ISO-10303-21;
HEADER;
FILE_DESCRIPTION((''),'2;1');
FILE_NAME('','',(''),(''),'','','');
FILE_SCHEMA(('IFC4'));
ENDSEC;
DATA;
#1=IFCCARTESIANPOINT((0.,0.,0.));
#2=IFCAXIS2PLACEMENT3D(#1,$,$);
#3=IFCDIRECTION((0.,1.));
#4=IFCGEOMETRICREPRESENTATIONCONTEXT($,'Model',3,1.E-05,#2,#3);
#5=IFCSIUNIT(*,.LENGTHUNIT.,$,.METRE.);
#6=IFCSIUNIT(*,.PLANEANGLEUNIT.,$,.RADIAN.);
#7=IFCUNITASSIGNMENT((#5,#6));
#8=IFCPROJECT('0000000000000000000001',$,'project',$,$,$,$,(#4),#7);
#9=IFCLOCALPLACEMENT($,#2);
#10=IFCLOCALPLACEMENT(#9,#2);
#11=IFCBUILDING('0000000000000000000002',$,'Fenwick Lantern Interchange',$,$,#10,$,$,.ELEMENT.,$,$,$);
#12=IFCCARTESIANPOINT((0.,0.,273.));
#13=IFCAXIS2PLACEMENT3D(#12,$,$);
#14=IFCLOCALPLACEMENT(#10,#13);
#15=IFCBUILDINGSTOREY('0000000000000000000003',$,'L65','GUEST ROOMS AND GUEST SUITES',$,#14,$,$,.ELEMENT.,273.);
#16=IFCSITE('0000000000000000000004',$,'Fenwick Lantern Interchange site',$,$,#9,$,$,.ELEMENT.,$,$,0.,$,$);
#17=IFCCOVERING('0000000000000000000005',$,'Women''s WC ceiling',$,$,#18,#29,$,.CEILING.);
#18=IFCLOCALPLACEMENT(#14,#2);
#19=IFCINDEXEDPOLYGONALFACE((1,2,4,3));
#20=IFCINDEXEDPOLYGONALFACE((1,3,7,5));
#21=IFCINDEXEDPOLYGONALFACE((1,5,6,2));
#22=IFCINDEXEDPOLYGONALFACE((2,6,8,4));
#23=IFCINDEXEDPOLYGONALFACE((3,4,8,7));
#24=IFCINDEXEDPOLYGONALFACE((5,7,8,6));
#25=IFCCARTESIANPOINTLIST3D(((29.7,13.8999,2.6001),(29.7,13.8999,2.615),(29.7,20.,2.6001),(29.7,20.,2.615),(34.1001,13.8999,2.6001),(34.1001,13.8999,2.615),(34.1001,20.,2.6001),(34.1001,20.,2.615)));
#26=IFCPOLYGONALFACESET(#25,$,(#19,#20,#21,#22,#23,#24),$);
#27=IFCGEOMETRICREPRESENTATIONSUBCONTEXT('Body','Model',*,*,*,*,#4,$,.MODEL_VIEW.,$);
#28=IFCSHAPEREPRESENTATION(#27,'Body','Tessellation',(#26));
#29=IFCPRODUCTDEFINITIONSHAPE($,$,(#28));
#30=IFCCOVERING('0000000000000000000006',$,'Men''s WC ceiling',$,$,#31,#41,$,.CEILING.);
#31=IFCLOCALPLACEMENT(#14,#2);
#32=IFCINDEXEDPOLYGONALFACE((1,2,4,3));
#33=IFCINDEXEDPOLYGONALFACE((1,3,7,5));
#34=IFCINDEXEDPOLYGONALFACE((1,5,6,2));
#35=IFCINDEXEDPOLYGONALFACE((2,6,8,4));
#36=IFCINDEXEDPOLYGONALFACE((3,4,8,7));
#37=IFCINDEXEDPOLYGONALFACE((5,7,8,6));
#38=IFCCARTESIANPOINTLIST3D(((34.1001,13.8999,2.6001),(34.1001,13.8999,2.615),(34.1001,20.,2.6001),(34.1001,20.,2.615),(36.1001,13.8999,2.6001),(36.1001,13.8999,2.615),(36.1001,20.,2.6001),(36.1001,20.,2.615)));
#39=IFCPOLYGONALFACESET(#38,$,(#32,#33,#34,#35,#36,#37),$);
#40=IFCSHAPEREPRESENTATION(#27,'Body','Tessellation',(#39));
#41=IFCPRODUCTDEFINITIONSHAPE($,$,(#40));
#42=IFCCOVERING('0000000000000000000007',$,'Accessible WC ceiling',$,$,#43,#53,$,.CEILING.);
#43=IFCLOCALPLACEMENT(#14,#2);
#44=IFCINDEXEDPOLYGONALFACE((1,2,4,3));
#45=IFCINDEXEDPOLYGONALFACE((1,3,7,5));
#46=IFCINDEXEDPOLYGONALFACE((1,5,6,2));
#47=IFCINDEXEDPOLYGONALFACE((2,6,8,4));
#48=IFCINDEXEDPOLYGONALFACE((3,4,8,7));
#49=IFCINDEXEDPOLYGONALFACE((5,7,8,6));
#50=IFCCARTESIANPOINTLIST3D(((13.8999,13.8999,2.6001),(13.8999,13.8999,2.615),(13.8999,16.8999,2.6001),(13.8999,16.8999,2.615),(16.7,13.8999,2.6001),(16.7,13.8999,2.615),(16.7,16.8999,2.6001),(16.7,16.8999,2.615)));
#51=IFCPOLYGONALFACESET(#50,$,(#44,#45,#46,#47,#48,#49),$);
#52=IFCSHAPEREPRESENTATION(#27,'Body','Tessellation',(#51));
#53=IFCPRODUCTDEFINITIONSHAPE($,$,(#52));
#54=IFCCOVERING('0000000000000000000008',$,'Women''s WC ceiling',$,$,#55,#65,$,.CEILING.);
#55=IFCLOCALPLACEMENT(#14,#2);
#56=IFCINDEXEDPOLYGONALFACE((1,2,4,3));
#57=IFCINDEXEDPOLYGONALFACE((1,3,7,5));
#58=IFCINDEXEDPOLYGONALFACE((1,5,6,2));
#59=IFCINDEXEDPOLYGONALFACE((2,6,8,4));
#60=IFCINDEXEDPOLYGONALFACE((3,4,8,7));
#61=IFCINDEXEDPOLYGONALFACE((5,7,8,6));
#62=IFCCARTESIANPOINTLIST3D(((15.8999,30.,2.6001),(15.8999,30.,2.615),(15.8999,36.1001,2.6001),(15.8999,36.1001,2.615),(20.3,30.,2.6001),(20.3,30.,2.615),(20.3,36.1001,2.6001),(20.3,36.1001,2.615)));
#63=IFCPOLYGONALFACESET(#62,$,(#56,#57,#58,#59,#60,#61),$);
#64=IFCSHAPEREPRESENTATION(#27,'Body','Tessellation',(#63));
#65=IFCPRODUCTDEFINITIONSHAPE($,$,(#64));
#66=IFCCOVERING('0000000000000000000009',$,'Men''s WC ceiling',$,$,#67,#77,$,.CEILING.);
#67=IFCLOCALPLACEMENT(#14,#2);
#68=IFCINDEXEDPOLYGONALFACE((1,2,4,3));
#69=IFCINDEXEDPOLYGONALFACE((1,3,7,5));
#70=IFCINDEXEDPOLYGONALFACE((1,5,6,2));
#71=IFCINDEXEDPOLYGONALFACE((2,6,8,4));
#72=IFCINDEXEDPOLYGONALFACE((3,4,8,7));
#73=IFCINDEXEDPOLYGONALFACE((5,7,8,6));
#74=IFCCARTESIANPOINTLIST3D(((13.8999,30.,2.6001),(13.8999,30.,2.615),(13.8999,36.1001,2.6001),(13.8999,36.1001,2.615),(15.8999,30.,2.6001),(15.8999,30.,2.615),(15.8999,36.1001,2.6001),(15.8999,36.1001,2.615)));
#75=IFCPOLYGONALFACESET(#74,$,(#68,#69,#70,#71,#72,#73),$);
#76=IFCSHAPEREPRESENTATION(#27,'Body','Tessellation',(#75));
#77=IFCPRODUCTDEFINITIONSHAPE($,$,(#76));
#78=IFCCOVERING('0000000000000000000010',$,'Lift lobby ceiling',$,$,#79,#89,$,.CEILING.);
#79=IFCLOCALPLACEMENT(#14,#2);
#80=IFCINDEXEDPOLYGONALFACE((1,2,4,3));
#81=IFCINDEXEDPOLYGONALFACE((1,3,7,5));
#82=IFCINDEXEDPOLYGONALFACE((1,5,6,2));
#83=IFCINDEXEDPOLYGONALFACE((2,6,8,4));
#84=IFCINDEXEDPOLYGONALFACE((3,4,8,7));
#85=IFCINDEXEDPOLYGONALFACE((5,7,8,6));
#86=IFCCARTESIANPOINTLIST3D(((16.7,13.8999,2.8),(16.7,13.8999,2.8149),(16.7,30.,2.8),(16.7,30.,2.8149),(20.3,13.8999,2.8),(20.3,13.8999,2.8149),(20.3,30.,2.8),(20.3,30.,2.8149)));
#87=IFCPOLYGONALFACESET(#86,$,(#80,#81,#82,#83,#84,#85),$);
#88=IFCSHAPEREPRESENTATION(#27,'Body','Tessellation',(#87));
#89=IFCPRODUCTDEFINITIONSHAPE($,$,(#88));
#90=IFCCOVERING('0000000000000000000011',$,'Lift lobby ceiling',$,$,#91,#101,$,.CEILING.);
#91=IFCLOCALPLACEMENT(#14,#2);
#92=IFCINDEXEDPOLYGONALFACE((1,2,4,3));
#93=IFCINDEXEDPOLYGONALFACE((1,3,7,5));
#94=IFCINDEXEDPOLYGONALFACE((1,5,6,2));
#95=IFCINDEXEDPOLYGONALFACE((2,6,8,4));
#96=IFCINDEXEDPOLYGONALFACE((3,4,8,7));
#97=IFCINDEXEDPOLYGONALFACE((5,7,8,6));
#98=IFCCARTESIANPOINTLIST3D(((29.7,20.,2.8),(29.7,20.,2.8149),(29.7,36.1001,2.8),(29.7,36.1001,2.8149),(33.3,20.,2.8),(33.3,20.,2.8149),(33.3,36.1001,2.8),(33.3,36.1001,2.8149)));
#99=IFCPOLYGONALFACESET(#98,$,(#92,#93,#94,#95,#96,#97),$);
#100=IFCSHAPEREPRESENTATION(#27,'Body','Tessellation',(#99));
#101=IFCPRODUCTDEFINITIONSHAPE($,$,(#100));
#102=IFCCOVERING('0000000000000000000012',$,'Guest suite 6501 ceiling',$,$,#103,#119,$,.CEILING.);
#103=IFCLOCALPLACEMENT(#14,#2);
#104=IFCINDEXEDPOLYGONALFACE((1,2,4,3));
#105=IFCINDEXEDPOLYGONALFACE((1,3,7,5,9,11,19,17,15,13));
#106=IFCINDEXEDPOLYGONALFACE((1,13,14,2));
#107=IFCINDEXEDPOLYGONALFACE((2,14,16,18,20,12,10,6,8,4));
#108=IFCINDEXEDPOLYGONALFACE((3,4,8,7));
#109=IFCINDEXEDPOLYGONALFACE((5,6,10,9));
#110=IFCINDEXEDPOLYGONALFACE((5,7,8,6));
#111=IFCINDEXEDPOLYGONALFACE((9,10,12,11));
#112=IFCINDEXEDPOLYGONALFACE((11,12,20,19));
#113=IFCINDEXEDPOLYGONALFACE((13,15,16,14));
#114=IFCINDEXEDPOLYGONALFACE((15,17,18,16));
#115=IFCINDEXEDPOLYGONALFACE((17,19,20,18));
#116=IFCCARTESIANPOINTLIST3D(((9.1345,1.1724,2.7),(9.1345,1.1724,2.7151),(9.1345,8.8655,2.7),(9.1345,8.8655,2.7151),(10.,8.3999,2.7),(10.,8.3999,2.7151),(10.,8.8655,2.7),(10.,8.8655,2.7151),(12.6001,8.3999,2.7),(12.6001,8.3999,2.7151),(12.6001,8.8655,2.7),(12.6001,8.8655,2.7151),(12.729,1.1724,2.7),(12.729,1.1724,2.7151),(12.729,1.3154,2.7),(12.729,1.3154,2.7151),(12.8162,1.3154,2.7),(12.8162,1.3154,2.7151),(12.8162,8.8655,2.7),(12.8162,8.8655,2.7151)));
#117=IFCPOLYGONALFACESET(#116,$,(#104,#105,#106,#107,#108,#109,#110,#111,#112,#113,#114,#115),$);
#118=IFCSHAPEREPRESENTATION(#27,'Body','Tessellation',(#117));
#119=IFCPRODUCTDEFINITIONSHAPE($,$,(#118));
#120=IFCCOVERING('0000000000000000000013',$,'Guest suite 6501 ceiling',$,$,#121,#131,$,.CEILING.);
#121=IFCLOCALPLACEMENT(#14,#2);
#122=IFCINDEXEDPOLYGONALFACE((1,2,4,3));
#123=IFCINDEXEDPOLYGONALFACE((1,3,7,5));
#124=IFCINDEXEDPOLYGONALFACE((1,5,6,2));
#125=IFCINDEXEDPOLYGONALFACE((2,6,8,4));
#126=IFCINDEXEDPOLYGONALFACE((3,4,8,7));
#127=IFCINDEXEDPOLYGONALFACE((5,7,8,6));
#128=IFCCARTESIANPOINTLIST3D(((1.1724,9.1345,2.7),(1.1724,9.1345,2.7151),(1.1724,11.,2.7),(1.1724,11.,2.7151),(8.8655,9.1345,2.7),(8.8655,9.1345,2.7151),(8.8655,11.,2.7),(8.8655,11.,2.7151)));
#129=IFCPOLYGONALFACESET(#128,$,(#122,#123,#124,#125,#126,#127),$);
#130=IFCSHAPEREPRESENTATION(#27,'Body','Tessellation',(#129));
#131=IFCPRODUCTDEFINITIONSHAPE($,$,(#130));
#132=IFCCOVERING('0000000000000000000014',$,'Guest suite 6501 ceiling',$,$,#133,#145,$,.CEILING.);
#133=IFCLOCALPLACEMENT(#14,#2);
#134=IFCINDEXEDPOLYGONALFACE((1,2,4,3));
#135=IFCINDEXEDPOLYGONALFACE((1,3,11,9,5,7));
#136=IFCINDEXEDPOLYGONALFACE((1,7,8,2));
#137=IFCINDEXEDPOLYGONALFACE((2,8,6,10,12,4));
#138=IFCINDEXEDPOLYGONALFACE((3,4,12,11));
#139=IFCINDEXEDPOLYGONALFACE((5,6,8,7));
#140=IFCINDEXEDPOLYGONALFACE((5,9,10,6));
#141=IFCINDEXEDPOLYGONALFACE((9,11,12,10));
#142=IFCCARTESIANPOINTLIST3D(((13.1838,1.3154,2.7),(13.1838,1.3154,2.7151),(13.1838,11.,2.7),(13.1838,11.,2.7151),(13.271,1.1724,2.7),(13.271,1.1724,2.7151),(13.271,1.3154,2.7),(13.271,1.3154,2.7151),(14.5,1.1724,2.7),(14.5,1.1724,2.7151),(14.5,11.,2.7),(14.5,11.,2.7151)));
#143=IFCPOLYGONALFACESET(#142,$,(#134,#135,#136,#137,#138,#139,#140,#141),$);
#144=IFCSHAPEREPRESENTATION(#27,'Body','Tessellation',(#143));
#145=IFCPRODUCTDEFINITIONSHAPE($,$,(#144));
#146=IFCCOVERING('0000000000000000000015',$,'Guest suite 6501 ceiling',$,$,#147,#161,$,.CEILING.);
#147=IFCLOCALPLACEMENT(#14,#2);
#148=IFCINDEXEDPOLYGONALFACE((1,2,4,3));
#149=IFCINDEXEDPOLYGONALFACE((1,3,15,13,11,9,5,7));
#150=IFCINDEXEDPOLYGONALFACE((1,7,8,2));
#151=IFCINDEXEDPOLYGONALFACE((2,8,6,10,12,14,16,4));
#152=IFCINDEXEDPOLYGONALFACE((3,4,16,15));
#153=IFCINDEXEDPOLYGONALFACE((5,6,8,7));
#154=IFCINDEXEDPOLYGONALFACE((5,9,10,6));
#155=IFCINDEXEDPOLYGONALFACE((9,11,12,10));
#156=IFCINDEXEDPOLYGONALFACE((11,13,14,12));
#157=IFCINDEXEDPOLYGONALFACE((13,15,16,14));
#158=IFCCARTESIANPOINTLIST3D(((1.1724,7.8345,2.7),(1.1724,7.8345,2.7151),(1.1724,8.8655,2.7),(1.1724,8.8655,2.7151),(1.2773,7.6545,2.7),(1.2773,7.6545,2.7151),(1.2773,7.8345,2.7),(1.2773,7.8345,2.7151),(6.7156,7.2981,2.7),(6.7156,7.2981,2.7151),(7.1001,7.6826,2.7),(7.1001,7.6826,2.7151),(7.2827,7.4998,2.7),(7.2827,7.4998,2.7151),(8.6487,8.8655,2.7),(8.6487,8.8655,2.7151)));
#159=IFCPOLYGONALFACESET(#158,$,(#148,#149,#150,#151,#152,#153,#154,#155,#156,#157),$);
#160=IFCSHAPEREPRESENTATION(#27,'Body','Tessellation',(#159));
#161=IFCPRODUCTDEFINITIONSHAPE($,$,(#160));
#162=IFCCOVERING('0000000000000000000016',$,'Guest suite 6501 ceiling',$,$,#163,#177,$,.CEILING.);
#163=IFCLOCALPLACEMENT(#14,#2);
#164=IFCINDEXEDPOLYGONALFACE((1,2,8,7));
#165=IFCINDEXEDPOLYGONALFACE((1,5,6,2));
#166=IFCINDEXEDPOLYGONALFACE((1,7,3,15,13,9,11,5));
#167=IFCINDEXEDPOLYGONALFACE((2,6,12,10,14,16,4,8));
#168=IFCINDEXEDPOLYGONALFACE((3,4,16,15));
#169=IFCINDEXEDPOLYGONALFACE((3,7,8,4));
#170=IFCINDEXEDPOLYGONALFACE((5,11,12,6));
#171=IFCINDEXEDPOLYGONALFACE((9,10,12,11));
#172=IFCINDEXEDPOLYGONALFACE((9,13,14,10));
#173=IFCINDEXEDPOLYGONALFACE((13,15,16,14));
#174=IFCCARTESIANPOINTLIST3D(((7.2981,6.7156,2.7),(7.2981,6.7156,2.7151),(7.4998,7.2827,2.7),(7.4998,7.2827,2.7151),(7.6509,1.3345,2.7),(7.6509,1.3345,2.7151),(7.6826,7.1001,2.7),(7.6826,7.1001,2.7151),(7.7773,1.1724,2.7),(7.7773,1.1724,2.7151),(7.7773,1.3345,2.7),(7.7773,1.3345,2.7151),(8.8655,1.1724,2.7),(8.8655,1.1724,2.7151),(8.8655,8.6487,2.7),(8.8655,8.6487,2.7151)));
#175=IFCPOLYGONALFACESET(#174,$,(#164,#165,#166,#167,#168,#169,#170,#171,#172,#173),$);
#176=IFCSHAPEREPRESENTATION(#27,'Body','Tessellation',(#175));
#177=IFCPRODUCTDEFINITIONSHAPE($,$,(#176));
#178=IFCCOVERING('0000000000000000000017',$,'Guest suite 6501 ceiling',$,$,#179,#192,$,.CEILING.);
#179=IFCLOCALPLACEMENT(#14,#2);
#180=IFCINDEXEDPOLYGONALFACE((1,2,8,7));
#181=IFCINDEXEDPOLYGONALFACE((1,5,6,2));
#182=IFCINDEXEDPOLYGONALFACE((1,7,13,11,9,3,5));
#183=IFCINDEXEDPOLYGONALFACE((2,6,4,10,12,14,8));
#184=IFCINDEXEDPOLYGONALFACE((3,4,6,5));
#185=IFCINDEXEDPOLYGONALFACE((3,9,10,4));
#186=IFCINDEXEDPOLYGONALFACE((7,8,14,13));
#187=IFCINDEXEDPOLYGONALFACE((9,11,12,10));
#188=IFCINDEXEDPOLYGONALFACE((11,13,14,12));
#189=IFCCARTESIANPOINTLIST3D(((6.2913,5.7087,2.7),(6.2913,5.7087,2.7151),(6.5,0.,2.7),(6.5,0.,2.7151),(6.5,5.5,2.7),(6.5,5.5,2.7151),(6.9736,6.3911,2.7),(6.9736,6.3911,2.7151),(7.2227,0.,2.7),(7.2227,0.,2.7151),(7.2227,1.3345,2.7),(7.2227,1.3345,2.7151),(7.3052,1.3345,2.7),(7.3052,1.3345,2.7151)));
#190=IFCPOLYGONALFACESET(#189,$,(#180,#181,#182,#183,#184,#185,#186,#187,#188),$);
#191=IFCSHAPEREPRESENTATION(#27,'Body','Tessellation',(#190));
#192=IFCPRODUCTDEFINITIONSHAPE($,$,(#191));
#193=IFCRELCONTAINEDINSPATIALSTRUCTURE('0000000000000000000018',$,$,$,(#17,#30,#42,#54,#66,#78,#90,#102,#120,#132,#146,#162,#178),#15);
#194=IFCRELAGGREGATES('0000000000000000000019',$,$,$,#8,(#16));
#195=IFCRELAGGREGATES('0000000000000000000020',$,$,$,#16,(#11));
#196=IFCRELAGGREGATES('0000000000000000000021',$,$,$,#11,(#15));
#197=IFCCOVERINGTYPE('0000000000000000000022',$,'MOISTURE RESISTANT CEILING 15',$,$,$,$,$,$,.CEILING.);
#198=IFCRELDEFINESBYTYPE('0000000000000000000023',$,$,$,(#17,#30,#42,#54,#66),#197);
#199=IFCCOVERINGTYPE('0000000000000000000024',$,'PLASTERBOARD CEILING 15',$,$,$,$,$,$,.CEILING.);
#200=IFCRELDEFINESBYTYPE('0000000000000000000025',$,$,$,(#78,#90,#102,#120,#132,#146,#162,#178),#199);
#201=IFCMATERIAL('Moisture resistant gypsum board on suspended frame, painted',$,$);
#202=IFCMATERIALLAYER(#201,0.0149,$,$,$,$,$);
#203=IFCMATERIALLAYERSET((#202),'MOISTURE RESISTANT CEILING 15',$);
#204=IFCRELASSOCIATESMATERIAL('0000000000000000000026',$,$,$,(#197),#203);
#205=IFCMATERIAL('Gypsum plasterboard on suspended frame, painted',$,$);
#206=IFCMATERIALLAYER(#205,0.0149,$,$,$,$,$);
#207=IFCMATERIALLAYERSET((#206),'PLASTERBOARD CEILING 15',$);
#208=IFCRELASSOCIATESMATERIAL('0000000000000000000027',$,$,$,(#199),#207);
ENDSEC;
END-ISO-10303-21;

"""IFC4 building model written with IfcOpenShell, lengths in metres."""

from ifc_helpers import new_model, si_unit, direction, frame, origin, place, context, subcontext, project, spatial, polyline, outline, extrude, material, layer, layer_set, type_object, element, save


model = new_model("IFC4")

# Units and contexts
model_context = context("Model", 3, precision=1e-05, world=origin(), true_north=direction((0.0, 1.0)))
body_context = subcontext(model_context, "Body", "Model", "MODEL_VIEW")
ifc_project = project(units=[si_unit("LENGTHUNIT", "METRE"), si_unit("PLANEANGLEUNIT", "RADIAN")], contexts=[model_context])

# Site, building, storey
site_placement = place(None, origin())
site = spatial("IfcSite", under=ifc_project, at=site_placement, Name="Fenwick Lantern Interchange site", CompositionType="ELEMENT", RefElevation=0.0)
building_placement = place(site_placement, origin())
building = spatial("IfcBuilding", under=site, at=building_placement, Name="Fenwick Lantern Interchange", CompositionType="ELEMENT")
storey_placement = place(building_placement, frame((0.0, 0.0, 273.0)))
storey = spatial("IfcBuildingStorey", under=building, at=storey_placement, Name="L65", Description="GUEST ROOMS AND GUEST SUITES", CompositionType="ELEMENT", Elevation=273.0)

# Coverings
ifc_material_1 = material(Name="Moisture resistant gypsum board on suspended frame, painted")
ifc_layer_1 = layer(ifc_material_1, 0.0149)
ifc_layer_set_1 = layer_set([ifc_layer_1], Name="MOISTURE RESISTANT CEILING 15")
covering_type_1 = type_object("IfcCoveringType", Name="MOISTURE RESISTANT CEILING 15", PredefinedType="CEILING", material=ifc_layer_set_1)
covering_1_placement = place(storey_placement, frame((0.0, 0.0, 2.6001)))
element("IfcCovering", 1, at=covering_1_placement, inside=storey, type_object=covering_type_1, Name="Women's WC ceiling", PredefinedType="CEILING", context=body_context, shape_type="SweptSolid", body=[
    extrude(outline(polyline([(29.7, 13.8999), (34.1001, 13.8999), (34.1001, 20.0), (29.7, 20.0), (29.7, 13.8999)])), origin(), (0.0, 0.0, 1.0), 0.0149),
])
covering_2_placement = place(storey_placement, frame((0.0, 0.0, 2.6001)))
element("IfcCovering", 2, at=covering_2_placement, inside=storey, type_object=covering_type_1, Name="Men's WC ceiling", PredefinedType="CEILING", context=body_context, shape_type="SweptSolid", body=[
    extrude(outline(polyline([(34.1001, 13.8999), (36.1001, 13.8999), (36.1001, 20.0), (34.1001, 20.0), (34.1001, 13.8999)])), origin(), (0.0, 0.0, 1.0), 0.0149),
])
covering_3_placement = place(storey_placement, frame((0.0, 0.0, 2.6001)))
element("IfcCovering", 3, at=covering_3_placement, inside=storey, type_object=covering_type_1, Name="Accessible WC ceiling", PredefinedType="CEILING", context=body_context, shape_type="SweptSolid", body=[
    extrude(outline(polyline([(13.8999, 13.8999), (16.7, 13.8999), (16.7, 16.8999), (13.8999, 16.8999), (13.8999, 13.8999)])), origin(), (0.0, 0.0, 1.0), 0.0149),
])
covering_4_placement = place(storey_placement, frame((0.0, 0.0, 2.6001)))
element("IfcCovering", 4, at=covering_4_placement, inside=storey, type_object=covering_type_1, Name="Women's WC ceiling", PredefinedType="CEILING", context=body_context, shape_type="SweptSolid", body=[
    extrude(outline(polyline([(20.3, 36.1001), (15.8999, 36.1001), (15.8999, 30.0), (20.3, 30.0), (20.3, 36.1001)])), origin(), (0.0, 0.0, 1.0), 0.0149),
])
covering_5_placement = place(storey_placement, frame((0.0, 0.0, 2.6001)))
element("IfcCovering", 5, at=covering_5_placement, inside=storey, type_object=covering_type_1, Name="Men's WC ceiling", PredefinedType="CEILING", context=body_context, shape_type="SweptSolid", body=[
    extrude(outline(polyline([(15.8999, 36.1001), (13.8999, 36.1001), (13.8999, 30.0), (15.8999, 30.0), (15.8999, 36.1001)])), origin(), (0.0, 0.0, 1.0), 0.0149),
])
ifc_material_2 = material(Name="Gypsum plasterboard on suspended frame, painted")
ifc_layer_2 = layer(ifc_material_2, 0.0149)
ifc_layer_set_2 = layer_set([ifc_layer_2], Name="PLASTERBOARD CEILING 15")
covering_type_2 = type_object("IfcCoveringType", Name="PLASTERBOARD CEILING 15", PredefinedType="CEILING", material=ifc_layer_set_2)
covering_6_placement = place(storey_placement, frame((0.0, 0.0, 2.8)))
element("IfcCovering", 6, at=covering_6_placement, inside=storey, type_object=covering_type_2, Name="Lift lobby ceiling", PredefinedType="CEILING", context=body_context, shape_type="SweptSolid", body=[
    extrude(outline(polyline([(16.7, 13.8999), (20.3, 13.8999), (20.3, 30.0), (16.7, 30.0), (16.7, 13.8999)])), origin(), (0.0, 0.0, 1.0), 0.0149),
])
covering_7_placement = place(storey_placement, frame((0.0, 0.0, 2.8)))
element("IfcCovering", 7, at=covering_7_placement, inside=storey, type_object=covering_type_2, Name="Lift lobby ceiling", PredefinedType="CEILING", context=body_context, shape_type="SweptSolid", body=[
    extrude(outline(polyline([(33.3, 36.1001), (29.7, 36.1001), (29.7, 20.0), (33.3, 20.0), (33.3, 36.1001)])), origin(), (0.0, 0.0, 1.0), 0.0149),
])
covering_8_placement = place(storey_placement, frame((0.0, 0.0, 2.7)))
element("IfcCovering", 8, at=covering_8_placement, inside=storey, type_object=covering_type_2, Name="Guest suite 6501 ceiling", PredefinedType="CEILING", context=body_context, shape_type="SweptSolid", body=[
    extrude(outline(polyline([(10.0, 8.3999), (10.0, 8.8655), (9.1345, 8.8655), (9.1345, 1.1724), (12.729, 1.1724), (12.729, 1.3154), (12.8162, 1.3154), (12.8162, 8.8655), (12.6001, 8.8655), (12.6001, 8.3999), (10.0, 8.3999)])), origin(), (0.0, 0.0, 1.0), 0.0151),
])
covering_9_placement = place(storey_placement, frame((0.0, 0.0, 2.7)))
element("IfcCovering", 9, at=covering_9_placement, inside=storey, type_object=covering_type_2, Name="Guest suite 6501 ceiling", PredefinedType="CEILING", context=body_context, shape_type="SweptSolid", body=[
    extrude(outline(polyline([(8.8655, 11.0), (1.1724, 11.0), (1.1724, 9.1345), (8.8655, 9.1345), (8.8655, 11.0)])), origin(), (0.0, 0.0, 1.0), 0.0151),
])
covering_10_placement = place(storey_placement, frame((0.0, 0.0, 2.7)))
element("IfcCovering", 10, at=covering_10_placement, inside=storey, type_object=covering_type_2, Name="Guest suite 6501 ceiling", PredefinedType="CEILING", context=body_context, shape_type="SweptSolid", body=[
    extrude(outline(polyline([(14.5, 11.0), (13.1838, 11.0), (13.1838, 1.3154), (13.271, 1.3154), (13.271, 1.1724), (14.5, 1.1724), (14.5, 11.0)])), origin(), (0.0, 0.0, 1.0), 0.0151),
])
covering_11_placement = place(storey_placement, frame((0.0, 0.0, 2.7)))
element("IfcCovering", 11, at=covering_11_placement, inside=storey, type_object=covering_type_2, Name="Guest suite 6501 ceiling", PredefinedType="CEILING", context=body_context, shape_type="SweptSolid", body=[
    extrude(outline(polyline([(7.1001, 7.6826), (7.2827, 7.4998), (8.6487, 8.8655), (1.1724, 8.8655), (1.1724, 7.8345), (1.2773, 7.8345), (1.2773, 7.6545), (6.7156, 7.2981), (7.1001, 7.6826)])), origin(), (0.0, 0.0, 1.0), 0.0151),
])
covering_12_placement = place(storey_placement, frame((0.0, 0.0, 2.7)))
element("IfcCovering", 12, at=covering_12_placement, inside=storey, type_object=covering_type_2, Name="Guest suite 6501 ceiling", PredefinedType="CEILING", context=body_context, shape_type="SweptSolid", body=[
    extrude(outline(polyline([(7.7773, 1.3345), (7.7773, 1.1724), (8.8655, 1.1724), (8.8655, 8.6487), (7.4998, 7.2827), (7.6826, 7.1001), (7.2981, 6.7156), (7.6509, 1.3345), (7.7773, 1.3345)])), origin(), (0.0, 0.0, 1.0), 0.0151),
])
covering_13_placement = place(storey_placement, frame((0.0, 0.0, 2.7)))
element("IfcCovering", 13, at=covering_13_placement, inside=storey, type_object=covering_type_2, Name="Guest suite 6501 ceiling", PredefinedType="CEILING", context=body_context, shape_type="SweptSolid", body=[
    extrude(outline(polyline([(7.2227, 1.3345), (7.3052, 1.3345), (6.9736, 6.3911), (6.2913, 5.7087), (6.5, 5.5), (6.5, 0.0), (7.2227, 0.0), (7.2227, 1.3345)])), origin(), (0.0, 0.0, 1.0), 0.0151),
])

save(model, "model.ifc")
